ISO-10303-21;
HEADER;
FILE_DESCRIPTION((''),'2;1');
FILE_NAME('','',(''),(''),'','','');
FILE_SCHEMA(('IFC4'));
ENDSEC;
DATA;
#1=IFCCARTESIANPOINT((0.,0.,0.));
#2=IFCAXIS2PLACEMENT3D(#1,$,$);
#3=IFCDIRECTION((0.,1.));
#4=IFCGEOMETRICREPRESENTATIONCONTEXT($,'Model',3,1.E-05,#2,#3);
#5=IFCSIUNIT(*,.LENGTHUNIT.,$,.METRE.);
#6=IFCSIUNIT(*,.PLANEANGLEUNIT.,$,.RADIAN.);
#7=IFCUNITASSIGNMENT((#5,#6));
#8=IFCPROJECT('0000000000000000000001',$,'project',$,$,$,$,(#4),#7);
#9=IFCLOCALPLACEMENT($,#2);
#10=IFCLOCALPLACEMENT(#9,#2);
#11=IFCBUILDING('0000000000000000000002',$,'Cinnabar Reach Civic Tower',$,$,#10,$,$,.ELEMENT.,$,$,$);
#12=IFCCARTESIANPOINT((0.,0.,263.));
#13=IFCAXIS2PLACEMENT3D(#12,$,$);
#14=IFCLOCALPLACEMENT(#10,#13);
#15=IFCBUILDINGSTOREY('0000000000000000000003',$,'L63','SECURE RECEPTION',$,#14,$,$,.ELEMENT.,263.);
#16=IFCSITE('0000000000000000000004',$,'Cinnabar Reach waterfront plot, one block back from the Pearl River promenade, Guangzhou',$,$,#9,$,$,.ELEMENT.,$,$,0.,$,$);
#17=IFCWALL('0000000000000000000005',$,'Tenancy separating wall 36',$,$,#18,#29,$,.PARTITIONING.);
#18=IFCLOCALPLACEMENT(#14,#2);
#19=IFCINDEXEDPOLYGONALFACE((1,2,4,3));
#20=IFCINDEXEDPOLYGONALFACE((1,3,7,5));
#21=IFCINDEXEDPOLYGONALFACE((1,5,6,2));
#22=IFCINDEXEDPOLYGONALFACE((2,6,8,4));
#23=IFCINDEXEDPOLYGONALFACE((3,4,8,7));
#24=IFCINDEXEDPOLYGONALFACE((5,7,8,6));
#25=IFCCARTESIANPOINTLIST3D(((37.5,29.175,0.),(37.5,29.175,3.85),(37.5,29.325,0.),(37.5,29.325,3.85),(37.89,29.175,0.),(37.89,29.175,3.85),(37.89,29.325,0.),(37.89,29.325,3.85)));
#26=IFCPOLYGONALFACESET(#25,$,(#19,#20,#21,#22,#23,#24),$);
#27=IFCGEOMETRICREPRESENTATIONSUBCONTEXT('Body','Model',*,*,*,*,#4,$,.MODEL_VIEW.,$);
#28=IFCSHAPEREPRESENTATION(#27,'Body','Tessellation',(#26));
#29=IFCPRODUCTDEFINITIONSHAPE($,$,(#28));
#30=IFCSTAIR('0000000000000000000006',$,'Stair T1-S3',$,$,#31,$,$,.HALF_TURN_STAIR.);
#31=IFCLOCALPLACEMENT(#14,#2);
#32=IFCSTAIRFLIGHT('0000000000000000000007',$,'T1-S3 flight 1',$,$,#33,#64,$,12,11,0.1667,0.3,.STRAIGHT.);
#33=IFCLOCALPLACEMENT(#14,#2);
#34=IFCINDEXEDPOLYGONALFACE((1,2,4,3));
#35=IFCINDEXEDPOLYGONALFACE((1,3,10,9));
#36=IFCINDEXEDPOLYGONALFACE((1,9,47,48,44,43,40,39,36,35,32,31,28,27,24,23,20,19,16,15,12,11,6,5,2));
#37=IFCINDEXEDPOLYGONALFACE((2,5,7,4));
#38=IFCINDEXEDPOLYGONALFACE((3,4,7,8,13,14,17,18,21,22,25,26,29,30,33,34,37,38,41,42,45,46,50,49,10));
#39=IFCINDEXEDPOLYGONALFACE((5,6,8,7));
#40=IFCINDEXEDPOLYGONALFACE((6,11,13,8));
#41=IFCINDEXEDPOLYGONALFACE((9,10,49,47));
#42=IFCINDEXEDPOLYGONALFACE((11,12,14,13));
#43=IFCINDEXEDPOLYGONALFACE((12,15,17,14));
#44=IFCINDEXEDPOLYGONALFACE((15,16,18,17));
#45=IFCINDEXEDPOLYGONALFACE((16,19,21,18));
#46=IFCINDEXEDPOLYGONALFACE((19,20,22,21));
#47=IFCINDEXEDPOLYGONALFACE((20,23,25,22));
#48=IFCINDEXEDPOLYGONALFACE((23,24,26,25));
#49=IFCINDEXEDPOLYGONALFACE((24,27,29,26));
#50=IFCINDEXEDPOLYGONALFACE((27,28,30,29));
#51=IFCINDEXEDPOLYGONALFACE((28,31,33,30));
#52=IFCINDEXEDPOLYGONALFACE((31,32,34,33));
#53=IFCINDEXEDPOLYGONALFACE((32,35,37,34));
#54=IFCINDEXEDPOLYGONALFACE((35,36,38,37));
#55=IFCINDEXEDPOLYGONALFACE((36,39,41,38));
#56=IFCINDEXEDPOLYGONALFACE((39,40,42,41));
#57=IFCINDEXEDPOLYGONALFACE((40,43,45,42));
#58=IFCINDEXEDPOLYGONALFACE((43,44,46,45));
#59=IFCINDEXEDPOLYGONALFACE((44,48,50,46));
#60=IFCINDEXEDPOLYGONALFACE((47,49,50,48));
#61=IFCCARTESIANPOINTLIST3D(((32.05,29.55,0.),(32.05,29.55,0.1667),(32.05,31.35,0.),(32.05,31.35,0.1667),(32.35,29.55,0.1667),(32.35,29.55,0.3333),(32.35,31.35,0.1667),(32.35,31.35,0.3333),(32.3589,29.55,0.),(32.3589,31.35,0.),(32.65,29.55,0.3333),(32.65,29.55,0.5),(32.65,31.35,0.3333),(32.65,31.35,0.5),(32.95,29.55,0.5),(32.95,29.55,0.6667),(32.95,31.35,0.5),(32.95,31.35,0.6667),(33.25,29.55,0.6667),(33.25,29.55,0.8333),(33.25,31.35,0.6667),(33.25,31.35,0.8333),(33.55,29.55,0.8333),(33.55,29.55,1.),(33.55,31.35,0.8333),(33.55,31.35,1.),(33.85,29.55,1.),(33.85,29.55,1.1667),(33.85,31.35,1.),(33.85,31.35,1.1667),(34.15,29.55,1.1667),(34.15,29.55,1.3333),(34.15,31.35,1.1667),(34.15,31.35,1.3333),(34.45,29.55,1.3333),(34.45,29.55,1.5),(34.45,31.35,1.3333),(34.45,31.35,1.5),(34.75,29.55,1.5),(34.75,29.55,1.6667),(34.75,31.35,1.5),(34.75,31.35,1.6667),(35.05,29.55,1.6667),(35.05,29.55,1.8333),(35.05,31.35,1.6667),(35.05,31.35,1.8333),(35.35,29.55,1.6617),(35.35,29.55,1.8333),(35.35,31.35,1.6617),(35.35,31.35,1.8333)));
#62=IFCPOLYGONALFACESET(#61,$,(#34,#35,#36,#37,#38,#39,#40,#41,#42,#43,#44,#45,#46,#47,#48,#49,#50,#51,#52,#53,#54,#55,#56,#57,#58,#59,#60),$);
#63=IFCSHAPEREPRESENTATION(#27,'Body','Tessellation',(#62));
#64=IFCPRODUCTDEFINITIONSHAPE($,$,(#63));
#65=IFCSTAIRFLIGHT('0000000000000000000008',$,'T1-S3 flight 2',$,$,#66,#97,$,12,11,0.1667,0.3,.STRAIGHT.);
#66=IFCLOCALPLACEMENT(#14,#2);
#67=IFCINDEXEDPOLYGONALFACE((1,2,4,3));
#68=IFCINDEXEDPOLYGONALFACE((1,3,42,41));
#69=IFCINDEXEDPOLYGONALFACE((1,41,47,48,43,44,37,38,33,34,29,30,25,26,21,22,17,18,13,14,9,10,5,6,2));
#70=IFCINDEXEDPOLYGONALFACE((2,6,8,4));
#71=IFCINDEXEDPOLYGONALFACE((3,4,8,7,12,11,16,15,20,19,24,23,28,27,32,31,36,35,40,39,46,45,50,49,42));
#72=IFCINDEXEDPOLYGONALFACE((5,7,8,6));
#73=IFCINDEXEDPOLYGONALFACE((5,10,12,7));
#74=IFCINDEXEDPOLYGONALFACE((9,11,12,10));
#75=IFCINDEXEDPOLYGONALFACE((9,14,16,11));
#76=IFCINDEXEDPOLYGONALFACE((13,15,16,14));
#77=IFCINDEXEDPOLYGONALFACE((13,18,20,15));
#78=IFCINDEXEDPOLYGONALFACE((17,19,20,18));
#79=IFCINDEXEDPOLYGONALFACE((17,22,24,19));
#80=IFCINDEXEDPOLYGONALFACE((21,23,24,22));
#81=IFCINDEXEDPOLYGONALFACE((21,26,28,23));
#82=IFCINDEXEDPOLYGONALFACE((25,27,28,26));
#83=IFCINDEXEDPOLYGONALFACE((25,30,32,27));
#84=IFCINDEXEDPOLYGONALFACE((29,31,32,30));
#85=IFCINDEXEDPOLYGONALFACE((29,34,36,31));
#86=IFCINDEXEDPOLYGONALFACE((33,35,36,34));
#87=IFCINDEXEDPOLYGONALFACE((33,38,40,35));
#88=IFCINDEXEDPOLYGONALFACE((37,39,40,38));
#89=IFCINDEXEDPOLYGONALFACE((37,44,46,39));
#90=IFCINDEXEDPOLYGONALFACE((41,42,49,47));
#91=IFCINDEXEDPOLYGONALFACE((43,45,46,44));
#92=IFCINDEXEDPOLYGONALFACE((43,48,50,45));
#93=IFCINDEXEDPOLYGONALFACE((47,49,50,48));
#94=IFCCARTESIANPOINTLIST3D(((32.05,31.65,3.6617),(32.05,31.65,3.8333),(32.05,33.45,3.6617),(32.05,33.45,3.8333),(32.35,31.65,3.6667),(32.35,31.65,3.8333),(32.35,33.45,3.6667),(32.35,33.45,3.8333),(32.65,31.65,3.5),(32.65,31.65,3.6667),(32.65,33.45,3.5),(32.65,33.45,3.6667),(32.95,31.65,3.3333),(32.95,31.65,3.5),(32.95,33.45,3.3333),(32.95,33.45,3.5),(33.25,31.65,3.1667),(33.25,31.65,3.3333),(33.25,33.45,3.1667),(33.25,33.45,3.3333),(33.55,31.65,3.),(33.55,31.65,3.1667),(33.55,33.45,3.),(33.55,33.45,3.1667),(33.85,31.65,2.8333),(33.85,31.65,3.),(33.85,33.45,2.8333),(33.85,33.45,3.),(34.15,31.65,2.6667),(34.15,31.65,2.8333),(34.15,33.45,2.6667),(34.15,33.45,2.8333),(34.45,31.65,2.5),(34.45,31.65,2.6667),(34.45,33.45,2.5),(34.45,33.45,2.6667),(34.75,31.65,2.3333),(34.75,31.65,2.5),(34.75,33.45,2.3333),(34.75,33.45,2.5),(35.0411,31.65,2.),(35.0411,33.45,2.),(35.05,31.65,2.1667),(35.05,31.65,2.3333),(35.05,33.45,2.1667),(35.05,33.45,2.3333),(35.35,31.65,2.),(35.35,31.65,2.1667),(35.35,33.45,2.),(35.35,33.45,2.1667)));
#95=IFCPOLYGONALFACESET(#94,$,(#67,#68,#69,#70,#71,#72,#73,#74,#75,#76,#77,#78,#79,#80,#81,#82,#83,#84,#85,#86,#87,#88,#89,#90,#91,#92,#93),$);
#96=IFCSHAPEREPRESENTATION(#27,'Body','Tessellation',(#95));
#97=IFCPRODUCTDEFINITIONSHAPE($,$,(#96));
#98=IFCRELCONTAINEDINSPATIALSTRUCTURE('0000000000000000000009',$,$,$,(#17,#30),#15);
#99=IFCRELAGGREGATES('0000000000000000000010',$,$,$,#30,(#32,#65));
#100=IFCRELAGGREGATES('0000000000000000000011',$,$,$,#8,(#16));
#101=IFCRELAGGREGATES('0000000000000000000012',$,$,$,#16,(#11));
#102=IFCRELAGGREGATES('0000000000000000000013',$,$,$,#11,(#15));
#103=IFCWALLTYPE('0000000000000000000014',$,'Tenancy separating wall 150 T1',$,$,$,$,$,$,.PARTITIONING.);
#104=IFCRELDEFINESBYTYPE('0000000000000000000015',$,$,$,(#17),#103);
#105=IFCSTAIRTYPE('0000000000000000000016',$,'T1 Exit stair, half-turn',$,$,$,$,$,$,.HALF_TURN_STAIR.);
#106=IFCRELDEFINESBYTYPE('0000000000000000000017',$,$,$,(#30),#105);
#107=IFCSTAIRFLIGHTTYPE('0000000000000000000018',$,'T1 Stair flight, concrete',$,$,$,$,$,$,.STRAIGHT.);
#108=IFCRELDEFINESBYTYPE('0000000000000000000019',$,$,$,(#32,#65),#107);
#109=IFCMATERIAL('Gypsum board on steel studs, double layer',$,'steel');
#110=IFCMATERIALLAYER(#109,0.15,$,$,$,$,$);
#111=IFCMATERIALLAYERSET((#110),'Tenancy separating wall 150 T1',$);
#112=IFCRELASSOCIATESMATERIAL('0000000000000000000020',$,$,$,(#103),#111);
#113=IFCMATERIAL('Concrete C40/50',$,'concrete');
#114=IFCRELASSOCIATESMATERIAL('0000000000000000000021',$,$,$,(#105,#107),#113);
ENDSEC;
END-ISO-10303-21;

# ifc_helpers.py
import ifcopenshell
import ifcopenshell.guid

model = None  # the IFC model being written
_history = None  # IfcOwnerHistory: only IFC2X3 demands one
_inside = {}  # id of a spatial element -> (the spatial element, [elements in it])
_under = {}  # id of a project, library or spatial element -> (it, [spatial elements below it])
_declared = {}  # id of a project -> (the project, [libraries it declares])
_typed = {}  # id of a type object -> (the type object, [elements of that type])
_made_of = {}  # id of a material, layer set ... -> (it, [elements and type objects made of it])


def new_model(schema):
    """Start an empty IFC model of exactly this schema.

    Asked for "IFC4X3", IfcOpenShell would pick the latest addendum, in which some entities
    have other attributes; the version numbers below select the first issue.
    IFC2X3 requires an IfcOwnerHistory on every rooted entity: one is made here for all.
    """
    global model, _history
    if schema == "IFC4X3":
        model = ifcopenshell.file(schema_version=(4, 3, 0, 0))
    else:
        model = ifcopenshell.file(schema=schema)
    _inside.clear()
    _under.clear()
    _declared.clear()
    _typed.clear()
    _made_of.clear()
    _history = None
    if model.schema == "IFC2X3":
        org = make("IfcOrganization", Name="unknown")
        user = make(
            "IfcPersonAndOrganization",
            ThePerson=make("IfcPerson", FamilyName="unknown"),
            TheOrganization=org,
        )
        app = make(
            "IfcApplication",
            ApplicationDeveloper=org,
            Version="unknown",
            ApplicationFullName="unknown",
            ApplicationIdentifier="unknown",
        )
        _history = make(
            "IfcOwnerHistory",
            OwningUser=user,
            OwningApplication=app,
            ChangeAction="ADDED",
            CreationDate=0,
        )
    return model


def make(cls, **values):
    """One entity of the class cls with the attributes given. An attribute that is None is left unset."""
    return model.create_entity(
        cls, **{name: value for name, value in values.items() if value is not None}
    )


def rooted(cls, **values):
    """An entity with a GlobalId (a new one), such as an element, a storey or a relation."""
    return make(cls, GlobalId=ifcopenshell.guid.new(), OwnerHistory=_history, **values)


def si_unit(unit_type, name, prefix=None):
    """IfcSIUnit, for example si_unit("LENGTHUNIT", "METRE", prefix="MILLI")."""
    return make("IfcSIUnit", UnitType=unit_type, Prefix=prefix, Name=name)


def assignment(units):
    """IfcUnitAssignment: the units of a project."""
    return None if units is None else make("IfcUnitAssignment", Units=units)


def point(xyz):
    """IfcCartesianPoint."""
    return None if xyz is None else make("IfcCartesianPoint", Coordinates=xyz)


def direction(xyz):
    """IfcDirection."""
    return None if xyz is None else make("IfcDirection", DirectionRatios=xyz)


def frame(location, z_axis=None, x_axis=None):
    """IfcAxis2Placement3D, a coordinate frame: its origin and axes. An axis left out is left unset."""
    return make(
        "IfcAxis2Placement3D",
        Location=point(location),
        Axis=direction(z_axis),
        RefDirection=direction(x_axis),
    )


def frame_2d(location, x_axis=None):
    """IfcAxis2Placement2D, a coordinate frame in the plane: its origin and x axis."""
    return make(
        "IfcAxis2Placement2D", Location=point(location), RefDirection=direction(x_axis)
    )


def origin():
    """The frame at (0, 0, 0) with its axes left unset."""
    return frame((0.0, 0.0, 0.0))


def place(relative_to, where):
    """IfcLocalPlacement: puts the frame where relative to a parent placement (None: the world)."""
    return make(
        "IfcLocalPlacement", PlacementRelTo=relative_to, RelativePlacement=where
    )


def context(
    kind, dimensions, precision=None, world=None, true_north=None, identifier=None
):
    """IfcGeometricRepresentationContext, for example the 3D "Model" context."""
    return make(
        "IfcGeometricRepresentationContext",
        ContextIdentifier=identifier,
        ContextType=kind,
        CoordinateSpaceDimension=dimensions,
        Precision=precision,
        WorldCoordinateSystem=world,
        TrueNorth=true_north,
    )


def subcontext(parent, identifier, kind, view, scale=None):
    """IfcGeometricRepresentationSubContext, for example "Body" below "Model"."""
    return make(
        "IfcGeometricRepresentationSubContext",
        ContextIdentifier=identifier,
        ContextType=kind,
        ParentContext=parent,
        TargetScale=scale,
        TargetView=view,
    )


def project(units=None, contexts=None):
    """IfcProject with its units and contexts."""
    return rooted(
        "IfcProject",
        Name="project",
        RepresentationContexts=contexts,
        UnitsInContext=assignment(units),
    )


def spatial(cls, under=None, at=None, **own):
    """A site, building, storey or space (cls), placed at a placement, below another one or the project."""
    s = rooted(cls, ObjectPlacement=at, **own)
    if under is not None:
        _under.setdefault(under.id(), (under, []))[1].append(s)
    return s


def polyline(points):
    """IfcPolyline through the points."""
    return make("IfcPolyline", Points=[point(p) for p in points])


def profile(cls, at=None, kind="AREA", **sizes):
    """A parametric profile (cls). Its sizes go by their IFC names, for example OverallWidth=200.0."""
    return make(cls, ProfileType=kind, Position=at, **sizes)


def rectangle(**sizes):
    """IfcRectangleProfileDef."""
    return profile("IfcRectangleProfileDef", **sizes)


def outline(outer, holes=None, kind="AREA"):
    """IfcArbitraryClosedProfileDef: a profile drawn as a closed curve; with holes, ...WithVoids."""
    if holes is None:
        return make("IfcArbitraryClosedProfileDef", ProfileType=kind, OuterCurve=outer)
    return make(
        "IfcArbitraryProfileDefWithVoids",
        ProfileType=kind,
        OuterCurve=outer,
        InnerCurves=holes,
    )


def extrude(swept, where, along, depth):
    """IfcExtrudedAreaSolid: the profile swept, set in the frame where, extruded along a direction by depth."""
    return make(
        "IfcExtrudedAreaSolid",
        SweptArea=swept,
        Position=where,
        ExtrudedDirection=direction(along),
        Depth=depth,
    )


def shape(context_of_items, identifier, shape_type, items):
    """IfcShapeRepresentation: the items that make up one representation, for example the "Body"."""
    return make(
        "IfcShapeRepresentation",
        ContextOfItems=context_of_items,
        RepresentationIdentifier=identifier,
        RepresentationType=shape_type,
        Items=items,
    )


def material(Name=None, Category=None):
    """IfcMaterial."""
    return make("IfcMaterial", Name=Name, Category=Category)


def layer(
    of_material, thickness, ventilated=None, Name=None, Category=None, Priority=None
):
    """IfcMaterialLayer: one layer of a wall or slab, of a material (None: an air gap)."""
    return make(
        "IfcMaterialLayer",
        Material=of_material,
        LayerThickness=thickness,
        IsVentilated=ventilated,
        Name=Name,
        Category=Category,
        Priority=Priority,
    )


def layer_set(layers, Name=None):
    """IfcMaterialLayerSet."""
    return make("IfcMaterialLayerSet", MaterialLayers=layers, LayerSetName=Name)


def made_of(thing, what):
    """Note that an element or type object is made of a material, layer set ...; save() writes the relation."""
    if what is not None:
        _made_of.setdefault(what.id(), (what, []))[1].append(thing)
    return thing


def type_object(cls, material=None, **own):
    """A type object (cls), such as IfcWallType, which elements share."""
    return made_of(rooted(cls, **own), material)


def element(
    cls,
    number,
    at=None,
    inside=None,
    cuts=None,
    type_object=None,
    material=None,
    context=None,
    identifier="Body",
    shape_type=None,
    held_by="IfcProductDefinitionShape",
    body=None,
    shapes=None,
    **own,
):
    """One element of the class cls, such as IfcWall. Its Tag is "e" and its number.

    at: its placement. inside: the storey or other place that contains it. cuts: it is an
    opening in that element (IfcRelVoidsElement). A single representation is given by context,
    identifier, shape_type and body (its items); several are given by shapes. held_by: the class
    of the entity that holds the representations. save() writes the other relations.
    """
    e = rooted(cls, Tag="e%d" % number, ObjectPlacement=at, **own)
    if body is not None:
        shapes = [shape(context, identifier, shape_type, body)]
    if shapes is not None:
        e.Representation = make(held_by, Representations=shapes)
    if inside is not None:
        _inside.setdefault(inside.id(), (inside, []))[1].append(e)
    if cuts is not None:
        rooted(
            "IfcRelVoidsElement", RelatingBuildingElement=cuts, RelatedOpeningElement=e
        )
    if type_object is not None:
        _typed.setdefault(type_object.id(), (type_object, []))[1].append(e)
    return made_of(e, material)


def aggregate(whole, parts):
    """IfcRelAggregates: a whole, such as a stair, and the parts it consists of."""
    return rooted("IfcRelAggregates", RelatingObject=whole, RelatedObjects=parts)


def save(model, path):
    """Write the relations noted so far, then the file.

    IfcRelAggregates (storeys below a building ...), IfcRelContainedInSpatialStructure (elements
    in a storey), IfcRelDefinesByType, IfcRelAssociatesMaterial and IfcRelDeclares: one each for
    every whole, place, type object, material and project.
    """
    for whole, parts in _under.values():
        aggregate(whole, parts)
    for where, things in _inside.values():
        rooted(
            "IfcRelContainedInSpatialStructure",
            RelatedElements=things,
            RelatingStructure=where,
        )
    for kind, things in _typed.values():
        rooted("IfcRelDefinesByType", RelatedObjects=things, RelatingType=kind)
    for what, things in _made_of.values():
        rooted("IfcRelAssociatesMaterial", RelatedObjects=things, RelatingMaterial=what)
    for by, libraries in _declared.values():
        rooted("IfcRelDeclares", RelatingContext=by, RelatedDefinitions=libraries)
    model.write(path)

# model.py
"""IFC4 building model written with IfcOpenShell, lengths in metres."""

from ifc_helpers import new_model, si_unit, direction, frame, frame_2d, origin, place, context, subcontext, project, spatial, polyline, rectangle, outline, extrude, material, layer, layer_set, type_object, element, aggregate, save


model = new_model("IFC4")

# Units and contexts
model_context = context("Model", 3, precision=1e-05, world=origin(), true_north=direction((0.0, 1.0)))
body_context = subcontext(model_context, "Body", "Model", "MODEL_VIEW")
ifc_project = project(units=[si_unit("LENGTHUNIT", "METRE"), si_unit("PLANEANGLEUNIT", "RADIAN")], contexts=[model_context])

# Site, building, storey
site_placement = place(None, origin())
site = spatial("IfcSite", under=ifc_project, at=site_placement, Name="Cinnabar Reach waterfront plot, one block back from the Pearl River promenade, Guangzhou", CompositionType="ELEMENT", RefElevation=0.0)
building_placement = place(site_placement, origin())
building = spatial("IfcBuilding", under=site, at=building_placement, Name="Cinnabar Reach Civic Tower", CompositionType="ELEMENT")
storey_placement = place(building_placement, frame((0.0, 0.0, 263.0)))
storey = spatial("IfcBuildingStorey", under=building, at=storey_placement, Name="L63", Description="SECURE RECEPTION", CompositionType="ELEMENT", Elevation=263.0)

# Wall
ifc_material_1 = material(Name="Gypsum board on steel studs, double layer", Category="steel")
ifc_layer_1 = layer(ifc_material_1, 0.15)
ifc_layer_set_1 = layer_set([ifc_layer_1], Name="Tenancy separating wall 150 T1")
wall_type_1 = type_object("IfcWallType", Name="Tenancy separating wall 150 T1", PredefinedType="PARTITIONING", material=ifc_layer_set_1)
wall_1_placement = place(storey_placement, frame((37.5, 29.25, 0.0), z_axis=(0.0, 0.0, 1.0), x_axis=(1.0, 0.0, 0.0)))
element("IfcWall", 1, at=wall_1_placement, inside=storey, type_object=wall_type_1, Name="Tenancy separating wall 36", PredefinedType="PARTITIONING", context=body_context, shape_type="SweptSolid", body=[
    extrude(rectangle(XDim=0.39, YDim=0.15, at=frame_2d((0.195, 0.0))), origin(), (0.0, 0.0, 1.0), 3.85),
])

# Stair, stair flights
ifc_material_2 = material(Name="Concrete C40/50", Category="concrete")
stair_type = type_object("IfcStairType", Name="T1 Exit stair, half-turn", PredefinedType="HALF_TURN_STAIR", material=ifc_material_2)
stair_placement = place(storey_placement, origin())
stair = element("IfcStair", 2, at=stair_placement, inside=storey, type_object=stair_type, Name="Stair T1-S3", PredefinedType="HALF_TURN_STAIR")
stair_flight_type = type_object("IfcStairFlightType", Name="T1 Stair flight, concrete", PredefinedType="STRAIGHT", material=ifc_material_2)
stair_flight_1_placement = place(storey_placement, frame((32.05, 30.45, 0.0), z_axis=(0.0, 0.0, 1.0), x_axis=(1.0, 0.0, 0.0)))
stair_flight_1 = element("IfcStairFlight", 3, at=stair_flight_1_placement, type_object=stair_flight_type, Name="T1-S3 flight 1", NumberOfRisers=12, NumberOfTreads=11, PredefinedType="STRAIGHT", RiserHeight=0.1667, TreadLength=0.3, context=body_context, shape_type="SweptSolid", body=[
    extrude(outline(polyline([(0.0, 0.0), (0.0, 0.1667), (0.3, 0.1667), (0.3, 0.3333), (0.6, 0.3333), (0.6, 0.5), (0.9, 0.5), (0.9, 0.6667), (1.2, 0.6667), (1.2, 0.8333), (1.5, 0.8333), (1.5, 1.0), (1.8, 1.0), (1.8, 1.1667), (2.1, 1.1667), (2.1, 1.3333), (2.4, 1.3333), (2.4, 1.5), (2.7, 1.5), (2.7, 1.6667), (3.0, 1.6667), (3.0, 1.8333), (3.3, 1.8333), (3.3, 2.0), (3.3, 1.6617), (0.3089, 0.0), (0.0, 0.0)])), frame((0.0, 0.9, 0.0), z_axis=(0.0, -1.0, 0.0), x_axis=(1.0, 0.0, 0.0)), (0.0, 0.0, 1.0), 1.8),
])
stair_flight_2_placement = place(storey_placement, frame((35.35, 32.55, 2.0), z_axis=(0.0, 0.0, 1.0), x_axis=(-1.0, 0.0, 0.0)))
stair_flight_2 = element("IfcStairFlight", 4, at=stair_flight_2_placement, type_object=stair_flight_type, Name="T1-S3 flight 2", NumberOfRisers=12, NumberOfTreads=11, PredefinedType="STRAIGHT", RiserHeight=0.1667, TreadLength=0.3, context=body_context, shape_type="SweptSolid", body=[
    extrude(outline(polyline([(0.0, 0.0), (0.0, 0.1667), (0.3, 0.1667), (0.3, 0.3333), (0.6, 0.3333), (0.6, 0.5), (0.9, 0.5), (0.9, 0.6667), (1.2, 0.6667), (1.2, 0.8333), (1.5, 0.8333), (1.5, 1.0), (1.8, 1.0), (1.8, 1.1667), (2.1, 1.1667), (2.1, 1.3333), (2.4, 1.3333), (2.4, 1.5), (2.7, 1.5), (2.7, 1.6667), (3.0, 1.6667), (3.0, 1.8333), (3.3, 1.8333), (3.3, 2.0), (3.3, 1.6617), (0.3089, 0.0), (0.0, 0.0)])), frame((0.0, 0.9, 0.0), z_axis=(0.0, -1.0, 0.0), x_axis=(1.0, 0.0, 0.0)), (0.0, 0.0, 1.0), 1.8),
])
aggregate(stair, [stair_flight_1, stair_flight_2])

save(model, "model.ifc")
